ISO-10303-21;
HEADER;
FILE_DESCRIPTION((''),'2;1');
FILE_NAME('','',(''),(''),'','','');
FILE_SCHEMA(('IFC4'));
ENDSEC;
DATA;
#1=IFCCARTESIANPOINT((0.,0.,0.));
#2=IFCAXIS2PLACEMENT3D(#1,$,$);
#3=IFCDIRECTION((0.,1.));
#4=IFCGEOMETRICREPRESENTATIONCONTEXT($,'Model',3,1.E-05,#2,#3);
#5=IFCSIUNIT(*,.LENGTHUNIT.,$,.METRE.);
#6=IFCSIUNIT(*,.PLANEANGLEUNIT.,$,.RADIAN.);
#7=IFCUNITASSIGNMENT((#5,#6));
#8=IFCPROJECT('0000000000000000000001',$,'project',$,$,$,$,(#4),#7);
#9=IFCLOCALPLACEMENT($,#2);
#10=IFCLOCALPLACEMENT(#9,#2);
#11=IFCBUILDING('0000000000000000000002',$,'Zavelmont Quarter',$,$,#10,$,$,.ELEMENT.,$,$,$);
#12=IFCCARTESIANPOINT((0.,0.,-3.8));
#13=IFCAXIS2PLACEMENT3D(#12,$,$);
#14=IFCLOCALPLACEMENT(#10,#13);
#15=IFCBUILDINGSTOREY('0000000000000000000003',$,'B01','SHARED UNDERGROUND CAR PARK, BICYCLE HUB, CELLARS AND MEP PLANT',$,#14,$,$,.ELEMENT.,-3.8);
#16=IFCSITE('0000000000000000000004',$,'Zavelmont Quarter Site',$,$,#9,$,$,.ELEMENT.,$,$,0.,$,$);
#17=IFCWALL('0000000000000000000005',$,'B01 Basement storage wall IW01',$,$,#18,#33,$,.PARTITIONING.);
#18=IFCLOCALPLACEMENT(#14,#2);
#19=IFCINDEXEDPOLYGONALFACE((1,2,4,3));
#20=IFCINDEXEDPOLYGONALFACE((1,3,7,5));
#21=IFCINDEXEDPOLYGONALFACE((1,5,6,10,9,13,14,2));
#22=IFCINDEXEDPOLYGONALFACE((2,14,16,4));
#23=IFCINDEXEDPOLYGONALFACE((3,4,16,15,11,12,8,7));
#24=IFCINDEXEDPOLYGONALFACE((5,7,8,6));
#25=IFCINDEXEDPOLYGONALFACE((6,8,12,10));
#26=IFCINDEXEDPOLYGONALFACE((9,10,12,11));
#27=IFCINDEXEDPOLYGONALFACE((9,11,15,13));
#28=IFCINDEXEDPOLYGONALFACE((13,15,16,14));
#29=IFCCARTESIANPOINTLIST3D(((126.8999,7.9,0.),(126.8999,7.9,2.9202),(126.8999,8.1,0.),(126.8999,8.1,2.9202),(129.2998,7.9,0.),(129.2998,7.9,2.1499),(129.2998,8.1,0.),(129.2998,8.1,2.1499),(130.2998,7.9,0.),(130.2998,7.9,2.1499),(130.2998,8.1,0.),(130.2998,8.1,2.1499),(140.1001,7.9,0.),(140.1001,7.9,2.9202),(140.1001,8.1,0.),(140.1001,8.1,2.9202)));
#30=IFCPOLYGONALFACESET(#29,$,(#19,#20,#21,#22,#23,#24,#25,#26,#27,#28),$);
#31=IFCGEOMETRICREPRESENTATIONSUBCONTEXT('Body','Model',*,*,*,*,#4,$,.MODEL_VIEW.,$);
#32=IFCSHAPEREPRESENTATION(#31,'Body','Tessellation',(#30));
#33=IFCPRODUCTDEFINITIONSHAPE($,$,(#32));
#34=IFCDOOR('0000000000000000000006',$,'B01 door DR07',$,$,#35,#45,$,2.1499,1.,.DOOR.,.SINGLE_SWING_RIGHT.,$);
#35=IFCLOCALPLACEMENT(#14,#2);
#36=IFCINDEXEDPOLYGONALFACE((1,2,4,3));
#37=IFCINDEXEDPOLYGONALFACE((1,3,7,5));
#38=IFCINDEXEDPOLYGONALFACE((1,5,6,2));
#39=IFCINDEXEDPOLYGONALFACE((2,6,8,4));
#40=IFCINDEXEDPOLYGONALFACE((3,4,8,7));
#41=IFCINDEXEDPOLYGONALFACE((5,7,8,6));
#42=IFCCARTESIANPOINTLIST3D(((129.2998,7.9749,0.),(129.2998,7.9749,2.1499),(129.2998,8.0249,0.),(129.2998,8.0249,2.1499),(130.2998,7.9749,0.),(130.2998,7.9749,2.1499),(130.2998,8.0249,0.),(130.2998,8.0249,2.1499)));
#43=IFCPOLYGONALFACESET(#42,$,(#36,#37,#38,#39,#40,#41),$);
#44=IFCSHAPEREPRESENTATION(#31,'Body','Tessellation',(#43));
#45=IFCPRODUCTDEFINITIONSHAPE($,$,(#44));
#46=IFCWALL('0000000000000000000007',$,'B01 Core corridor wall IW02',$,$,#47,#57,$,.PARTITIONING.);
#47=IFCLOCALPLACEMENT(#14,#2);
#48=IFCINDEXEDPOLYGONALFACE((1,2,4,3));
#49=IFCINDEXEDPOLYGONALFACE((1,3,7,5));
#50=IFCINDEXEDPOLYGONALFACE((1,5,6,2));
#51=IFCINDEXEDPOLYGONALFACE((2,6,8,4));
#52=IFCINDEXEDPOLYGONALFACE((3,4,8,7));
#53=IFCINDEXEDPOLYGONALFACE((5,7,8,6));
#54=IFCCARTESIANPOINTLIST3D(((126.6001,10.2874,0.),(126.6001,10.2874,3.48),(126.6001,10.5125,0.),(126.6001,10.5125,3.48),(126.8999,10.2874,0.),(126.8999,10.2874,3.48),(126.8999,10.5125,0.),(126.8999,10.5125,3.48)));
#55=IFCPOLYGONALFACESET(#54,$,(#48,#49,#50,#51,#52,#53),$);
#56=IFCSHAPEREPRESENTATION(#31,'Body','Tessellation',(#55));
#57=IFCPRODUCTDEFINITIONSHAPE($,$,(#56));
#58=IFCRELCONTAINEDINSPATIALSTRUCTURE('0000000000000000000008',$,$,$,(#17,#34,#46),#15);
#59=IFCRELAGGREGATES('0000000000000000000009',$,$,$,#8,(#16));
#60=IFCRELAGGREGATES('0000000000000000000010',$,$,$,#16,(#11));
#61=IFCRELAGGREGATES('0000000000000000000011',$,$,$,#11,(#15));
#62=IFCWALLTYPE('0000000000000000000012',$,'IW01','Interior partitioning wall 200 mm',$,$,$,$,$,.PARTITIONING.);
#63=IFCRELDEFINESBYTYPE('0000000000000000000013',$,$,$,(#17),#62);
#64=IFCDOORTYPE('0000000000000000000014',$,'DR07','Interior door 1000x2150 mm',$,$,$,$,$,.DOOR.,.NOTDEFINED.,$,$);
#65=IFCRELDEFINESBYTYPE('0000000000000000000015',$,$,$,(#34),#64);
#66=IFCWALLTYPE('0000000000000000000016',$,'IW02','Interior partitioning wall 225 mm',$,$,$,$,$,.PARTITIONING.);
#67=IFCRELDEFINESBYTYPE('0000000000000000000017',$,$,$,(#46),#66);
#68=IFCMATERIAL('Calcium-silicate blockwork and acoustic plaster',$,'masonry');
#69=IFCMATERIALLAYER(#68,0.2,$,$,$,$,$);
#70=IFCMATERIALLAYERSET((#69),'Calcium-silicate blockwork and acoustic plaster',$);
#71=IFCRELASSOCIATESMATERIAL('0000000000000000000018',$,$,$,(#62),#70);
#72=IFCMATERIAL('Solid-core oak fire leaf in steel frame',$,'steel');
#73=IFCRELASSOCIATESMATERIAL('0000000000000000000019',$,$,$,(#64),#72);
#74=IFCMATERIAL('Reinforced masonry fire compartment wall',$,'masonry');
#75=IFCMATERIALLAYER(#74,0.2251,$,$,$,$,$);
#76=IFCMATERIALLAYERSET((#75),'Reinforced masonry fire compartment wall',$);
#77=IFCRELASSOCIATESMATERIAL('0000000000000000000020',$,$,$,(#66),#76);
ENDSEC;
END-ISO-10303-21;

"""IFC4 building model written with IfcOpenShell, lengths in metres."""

from ifc_helpers import new_model, si_unit, direction, frame, frame_2d, origin, origin_with_axes, place, context, subcontext, project, spatial, rectangle, extrude, material, layer, layer_set, type_object, element, fill, save


model = new_model("IFC4")

# Units and contexts
model_context = context("Model", 3, precision=1e-05, world=origin(), true_north=direction((0.0, 1.0)))
body_context = subcontext(model_context, "Body", "Model", "MODEL_VIEW")
ifc_project = project(units=[si_unit("LENGTHUNIT", "METRE"), si_unit("PLANEANGLEUNIT", "RADIAN")], contexts=[model_context])

# Site, building, storey
site_placement = place(None, origin())
site = spatial("IfcSite", under=ifc_project, at=site_placement, Name="Zavelmont Quarter Site", CompositionType="ELEMENT", RefElevation=0.0)
building_placement = place(site_placement, origin())
building = spatial("IfcBuilding", under=site, at=building_placement, Name="Zavelmont Quarter", CompositionType="ELEMENT")
storey_placement = place(building_placement, frame((0.0, 0.0, -3.8)))
storey = spatial("IfcBuildingStorey", under=building, at=storey_placement, Name="B01", Description="SHARED UNDERGROUND CAR PARK, BICYCLE HUB, CELLARS AND MEP PLANT", CompositionType="ELEMENT", Elevation=-3.8)

# Shared definitions
ifc_material_1 = material(Name="Calcium-silicate blockwork and acoustic plaster", Category="masonry")
ifc_layer_1 = layer(ifc_material_1, 0.2)
ifc_layer_set_1 = layer_set([ifc_layer_1], Name="Calcium-silicate blockwork and acoustic plaster")
wall_type_1 = type_object("IfcWallType", Name="IW01", Description="Interior partitioning wall 200 mm", PredefinedType="PARTITIONING", material=ifc_layer_set_1)

# Wall, opening, door
wall_1_placement = place(storey_placement, frame((126.8999, 8.0, 0.0), z_axis=(0.0, 0.0, 1.0), x_axis=(1.0, 0.0, 0.0)))
wall_1 = element("IfcWall", 1, at=wall_1_placement, inside=storey, type_object=wall_type_1, Name="B01 Basement storage wall IW01", PredefinedType="PARTITIONING", context=body_context, shape_type="SweptSolid", body=[
    extrude(rectangle(XDim=13.2002, YDim=0.2, at=frame_2d((6.6001, 0.0))), origin(), (0.0, 0.0, 1.0), 2.9202),
])
opening_placement = place(wall_1_placement, frame((2.3999, 0.0, 0.0)))
opening = element("IfcOpeningElement", 2, at=opening_placement, cuts=wall_1, PredefinedType="OPENING", context=body_context, shape_type="SweptSolid", body=[
    extrude(rectangle(XDim=1.0, YDim=2.1499, at=frame_2d((0.5, 1.075))), frame((0.0, 0.1118, 0.0), z_axis=(0.0, -1.0, 0.0), x_axis=(1.0, 0.0, 0.0)), (0.0, 0.0, 1.0), 0.2239),
])
ifc_material_2 = material(Name="Solid-core oak fire leaf in steel frame", Category="steel")
door_type = type_object("IfcDoorType", Name="DR07", Description="Interior door 1000x2150 mm", OperationType="NOTDEFINED", PredefinedType="DOOR", material=ifc_material_2)
door_placement = place(opening_placement, origin_with_axes())
door = element("IfcDoor", 3, at=door_placement, inside=storey, type_object=door_type, Name="B01 door DR07", OperationType="SINGLE_SWING_RIGHT", OverallHeight=2.1499, OverallWidth=1.0, PredefinedType="DOOR", context=body_context, shape_type="SweptSolid", body=[
    extrude(rectangle(XDim=1.0, YDim=2.1499, at=frame_2d((0.5, 1.075))), frame((0.0, 0.0249, 0.0), z_axis=(0.0, -1.0, 0.0), x_axis=(1.0, 0.0, 0.0)), (0.0, 0.0, 1.0), 0.05),
])
fill(opening, door)

# Wall
ifc_material_3 = material(Name="Reinforced masonry fire compartment wall", Category="masonry")
ifc_layer_2 = layer(ifc_material_3, 0.2251)
ifc_layer_set_2 = layer_set([ifc_layer_2], Name="Reinforced masonry fire compartment wall")
wall_type_2 = type_object("IfcWallType", Name="IW02", Description="Interior partitioning wall 225 mm", PredefinedType="PARTITIONING", material=ifc_layer_set_2)
wall_2_placement = place(storey_placement, frame((126.6001, 10.3999, 0.0), z_axis=(0.0, 0.0, 1.0), x_axis=(1.0, 0.0, 0.0)))
element("IfcWall", 4, at=wall_2_placement, inside=storey, type_object=wall_type_2, Name="B01 Core corridor wall IW02", PredefinedType="PARTITIONING", context=body_context, shape_type="SweptSolid", body=[
    extrude(rectangle(XDim=0.2998, YDim=0.2251, at=frame_2d((0.1499, 0.0))), origin(), (0.0, 0.0, 1.0), 3.48),
])

save(model, "model.ifc")
